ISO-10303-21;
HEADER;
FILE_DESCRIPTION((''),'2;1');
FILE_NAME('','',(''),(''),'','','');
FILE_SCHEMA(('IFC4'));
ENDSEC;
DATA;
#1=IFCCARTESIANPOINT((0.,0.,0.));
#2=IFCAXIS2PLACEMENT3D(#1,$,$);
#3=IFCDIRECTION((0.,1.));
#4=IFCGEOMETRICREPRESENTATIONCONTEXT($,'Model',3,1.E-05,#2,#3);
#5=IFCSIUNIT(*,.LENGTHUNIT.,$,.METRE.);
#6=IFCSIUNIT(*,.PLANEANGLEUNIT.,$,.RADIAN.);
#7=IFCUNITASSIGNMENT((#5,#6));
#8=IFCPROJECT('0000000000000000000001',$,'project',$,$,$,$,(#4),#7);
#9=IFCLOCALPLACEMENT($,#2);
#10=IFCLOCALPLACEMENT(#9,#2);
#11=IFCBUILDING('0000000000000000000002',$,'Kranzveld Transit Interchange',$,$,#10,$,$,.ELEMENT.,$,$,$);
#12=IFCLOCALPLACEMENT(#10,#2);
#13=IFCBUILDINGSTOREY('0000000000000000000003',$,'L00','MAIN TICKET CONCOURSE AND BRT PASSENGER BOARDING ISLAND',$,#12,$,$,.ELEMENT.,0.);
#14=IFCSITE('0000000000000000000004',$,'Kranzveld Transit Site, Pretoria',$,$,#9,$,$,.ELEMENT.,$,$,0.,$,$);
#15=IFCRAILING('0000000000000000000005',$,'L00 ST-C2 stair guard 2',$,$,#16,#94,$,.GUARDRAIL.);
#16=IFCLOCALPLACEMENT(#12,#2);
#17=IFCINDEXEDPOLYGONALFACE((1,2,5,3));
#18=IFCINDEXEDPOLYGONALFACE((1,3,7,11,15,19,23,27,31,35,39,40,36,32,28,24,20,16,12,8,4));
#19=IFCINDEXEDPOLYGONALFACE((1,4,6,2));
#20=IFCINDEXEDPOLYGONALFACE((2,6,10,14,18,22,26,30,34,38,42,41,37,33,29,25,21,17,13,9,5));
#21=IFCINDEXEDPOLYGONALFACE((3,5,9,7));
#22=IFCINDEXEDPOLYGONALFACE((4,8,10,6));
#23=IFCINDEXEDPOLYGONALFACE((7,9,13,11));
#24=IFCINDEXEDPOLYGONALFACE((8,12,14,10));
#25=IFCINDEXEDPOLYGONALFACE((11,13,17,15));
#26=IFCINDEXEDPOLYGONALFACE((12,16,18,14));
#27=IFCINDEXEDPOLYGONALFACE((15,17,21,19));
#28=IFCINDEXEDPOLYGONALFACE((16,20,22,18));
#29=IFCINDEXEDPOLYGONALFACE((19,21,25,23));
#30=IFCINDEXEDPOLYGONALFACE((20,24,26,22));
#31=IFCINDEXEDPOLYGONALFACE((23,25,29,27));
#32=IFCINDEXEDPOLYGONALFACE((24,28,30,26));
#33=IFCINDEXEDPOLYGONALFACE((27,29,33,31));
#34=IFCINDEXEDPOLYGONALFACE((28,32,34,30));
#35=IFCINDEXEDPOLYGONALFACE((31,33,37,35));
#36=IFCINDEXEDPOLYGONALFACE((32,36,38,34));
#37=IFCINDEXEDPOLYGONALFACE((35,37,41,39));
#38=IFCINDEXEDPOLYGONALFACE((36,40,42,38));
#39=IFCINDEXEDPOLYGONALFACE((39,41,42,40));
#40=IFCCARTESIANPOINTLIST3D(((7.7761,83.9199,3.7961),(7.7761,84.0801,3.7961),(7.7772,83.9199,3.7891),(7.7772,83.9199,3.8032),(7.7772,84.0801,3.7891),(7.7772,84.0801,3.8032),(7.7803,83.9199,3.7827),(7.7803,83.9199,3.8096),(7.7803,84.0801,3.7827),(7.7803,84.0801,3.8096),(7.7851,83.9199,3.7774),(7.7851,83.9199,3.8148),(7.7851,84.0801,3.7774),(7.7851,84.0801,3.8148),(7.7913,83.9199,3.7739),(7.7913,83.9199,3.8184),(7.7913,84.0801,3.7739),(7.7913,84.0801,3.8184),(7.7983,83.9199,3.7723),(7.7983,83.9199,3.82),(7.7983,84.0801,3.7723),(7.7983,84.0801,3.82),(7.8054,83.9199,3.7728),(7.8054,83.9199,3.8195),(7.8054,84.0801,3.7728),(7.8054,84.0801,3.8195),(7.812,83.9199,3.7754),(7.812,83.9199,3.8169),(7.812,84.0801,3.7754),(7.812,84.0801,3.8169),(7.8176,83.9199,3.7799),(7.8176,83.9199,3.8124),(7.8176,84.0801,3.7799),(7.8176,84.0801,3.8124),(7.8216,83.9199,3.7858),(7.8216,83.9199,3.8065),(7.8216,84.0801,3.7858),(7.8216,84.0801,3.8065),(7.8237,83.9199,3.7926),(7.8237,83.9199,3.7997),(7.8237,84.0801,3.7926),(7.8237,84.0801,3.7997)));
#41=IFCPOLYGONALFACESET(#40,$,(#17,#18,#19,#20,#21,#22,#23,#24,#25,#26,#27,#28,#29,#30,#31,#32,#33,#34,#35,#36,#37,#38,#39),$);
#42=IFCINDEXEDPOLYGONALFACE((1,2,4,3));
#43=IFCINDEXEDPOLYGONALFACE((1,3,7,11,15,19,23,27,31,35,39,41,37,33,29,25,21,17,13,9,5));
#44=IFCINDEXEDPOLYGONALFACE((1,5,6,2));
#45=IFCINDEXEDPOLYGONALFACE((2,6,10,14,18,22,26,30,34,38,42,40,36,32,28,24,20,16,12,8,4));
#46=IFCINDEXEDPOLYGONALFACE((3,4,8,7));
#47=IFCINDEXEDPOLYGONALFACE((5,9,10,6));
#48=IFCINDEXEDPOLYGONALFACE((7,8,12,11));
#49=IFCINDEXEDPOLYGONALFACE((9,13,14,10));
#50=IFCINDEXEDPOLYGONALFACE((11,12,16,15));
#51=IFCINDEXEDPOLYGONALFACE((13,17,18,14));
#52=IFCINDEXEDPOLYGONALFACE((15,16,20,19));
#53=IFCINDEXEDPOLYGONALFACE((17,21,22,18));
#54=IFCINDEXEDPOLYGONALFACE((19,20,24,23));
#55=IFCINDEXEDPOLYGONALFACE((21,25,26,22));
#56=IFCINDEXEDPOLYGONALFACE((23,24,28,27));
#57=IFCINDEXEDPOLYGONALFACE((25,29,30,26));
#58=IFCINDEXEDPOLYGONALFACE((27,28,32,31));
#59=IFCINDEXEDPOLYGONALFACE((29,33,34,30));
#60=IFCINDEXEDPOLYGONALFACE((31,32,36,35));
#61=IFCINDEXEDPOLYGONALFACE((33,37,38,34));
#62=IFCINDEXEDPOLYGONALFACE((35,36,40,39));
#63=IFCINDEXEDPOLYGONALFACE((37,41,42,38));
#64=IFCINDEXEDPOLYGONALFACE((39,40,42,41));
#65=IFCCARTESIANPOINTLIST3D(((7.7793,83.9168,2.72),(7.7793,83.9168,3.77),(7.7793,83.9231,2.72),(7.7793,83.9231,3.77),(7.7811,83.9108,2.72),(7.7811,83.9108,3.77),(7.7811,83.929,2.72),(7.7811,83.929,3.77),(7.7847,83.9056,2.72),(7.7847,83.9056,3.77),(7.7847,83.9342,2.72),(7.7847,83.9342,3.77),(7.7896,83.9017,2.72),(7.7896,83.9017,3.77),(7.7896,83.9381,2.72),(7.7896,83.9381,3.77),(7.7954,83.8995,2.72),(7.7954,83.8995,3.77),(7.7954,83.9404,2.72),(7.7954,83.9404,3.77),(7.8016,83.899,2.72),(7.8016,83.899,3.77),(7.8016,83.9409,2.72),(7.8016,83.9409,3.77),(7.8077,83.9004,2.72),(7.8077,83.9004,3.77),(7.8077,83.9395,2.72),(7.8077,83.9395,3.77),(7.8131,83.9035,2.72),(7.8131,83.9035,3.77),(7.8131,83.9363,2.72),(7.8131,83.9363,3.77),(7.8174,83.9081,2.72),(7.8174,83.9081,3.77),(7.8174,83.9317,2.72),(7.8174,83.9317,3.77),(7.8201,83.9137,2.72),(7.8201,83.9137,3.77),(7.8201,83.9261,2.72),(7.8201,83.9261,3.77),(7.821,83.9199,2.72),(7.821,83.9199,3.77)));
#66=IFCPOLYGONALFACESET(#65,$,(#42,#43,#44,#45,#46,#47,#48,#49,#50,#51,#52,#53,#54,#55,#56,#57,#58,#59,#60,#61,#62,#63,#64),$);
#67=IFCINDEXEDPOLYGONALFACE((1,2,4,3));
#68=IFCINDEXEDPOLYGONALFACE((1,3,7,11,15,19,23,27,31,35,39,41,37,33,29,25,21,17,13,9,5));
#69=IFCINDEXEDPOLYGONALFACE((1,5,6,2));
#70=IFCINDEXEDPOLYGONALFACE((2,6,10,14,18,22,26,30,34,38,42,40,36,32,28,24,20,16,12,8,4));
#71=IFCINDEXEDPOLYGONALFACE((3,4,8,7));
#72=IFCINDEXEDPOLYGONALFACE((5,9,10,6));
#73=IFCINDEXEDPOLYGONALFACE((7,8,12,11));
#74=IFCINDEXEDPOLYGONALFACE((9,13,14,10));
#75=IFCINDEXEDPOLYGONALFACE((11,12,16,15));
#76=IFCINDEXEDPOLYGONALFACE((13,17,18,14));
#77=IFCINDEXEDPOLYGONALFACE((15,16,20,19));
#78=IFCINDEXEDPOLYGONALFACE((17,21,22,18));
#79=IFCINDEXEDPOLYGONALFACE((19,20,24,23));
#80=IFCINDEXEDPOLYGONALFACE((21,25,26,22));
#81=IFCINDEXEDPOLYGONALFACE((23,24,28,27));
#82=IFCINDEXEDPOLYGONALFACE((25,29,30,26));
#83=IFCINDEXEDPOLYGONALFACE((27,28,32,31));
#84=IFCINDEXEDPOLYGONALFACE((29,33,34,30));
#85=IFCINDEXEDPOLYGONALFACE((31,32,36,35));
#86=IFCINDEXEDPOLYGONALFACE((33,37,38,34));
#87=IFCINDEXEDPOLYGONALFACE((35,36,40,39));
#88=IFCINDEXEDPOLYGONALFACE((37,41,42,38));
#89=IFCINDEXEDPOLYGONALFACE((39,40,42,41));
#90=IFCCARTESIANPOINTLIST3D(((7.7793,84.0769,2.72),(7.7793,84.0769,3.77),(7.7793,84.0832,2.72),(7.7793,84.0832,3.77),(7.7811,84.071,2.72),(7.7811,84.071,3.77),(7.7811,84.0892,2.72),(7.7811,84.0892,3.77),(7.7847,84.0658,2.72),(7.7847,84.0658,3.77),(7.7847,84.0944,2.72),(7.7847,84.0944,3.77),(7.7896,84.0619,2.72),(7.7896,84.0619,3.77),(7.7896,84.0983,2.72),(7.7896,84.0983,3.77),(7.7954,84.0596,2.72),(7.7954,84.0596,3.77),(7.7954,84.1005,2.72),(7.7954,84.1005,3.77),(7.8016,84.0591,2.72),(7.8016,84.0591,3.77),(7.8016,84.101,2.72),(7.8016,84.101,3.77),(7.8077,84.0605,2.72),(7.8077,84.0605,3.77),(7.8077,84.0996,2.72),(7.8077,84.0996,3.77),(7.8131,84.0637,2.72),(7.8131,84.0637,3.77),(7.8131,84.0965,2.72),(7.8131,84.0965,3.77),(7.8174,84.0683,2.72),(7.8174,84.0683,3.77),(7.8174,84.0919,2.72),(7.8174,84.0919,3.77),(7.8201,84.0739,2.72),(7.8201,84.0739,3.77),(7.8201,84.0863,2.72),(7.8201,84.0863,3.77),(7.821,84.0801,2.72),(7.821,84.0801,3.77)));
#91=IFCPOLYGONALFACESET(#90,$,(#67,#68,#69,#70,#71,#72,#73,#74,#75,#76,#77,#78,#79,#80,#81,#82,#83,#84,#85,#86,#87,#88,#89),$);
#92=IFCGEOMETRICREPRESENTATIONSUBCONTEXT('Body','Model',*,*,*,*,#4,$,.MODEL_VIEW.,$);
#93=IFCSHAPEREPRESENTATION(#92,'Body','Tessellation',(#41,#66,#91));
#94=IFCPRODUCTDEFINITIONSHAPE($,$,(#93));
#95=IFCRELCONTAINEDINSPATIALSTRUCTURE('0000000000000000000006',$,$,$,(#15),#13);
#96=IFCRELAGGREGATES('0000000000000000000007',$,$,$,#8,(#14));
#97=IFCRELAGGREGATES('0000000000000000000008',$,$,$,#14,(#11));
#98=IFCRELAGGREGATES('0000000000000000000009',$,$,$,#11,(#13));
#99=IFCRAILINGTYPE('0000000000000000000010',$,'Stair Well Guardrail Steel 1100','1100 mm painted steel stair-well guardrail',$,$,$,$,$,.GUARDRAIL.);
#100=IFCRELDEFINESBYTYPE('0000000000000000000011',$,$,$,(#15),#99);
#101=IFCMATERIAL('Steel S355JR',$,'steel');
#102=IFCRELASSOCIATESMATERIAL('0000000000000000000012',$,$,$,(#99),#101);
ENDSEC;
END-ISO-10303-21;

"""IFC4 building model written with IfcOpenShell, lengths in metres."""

from ifc_helpers import new_model, si_unit, direction, frame, origin, origin_2d, place, context, subcontext, project, spatial, circle, extrude, material, type_object, element, save


model = new_model("IFC4")

# Units and contexts
model_context = context("Model", 3, precision=1e-05, world=origin(), true_north=direction((0.0, 1.0)))
body_context = subcontext(model_context, "Body", "Model", "MODEL_VIEW")
ifc_project = project(units=[si_unit("LENGTHUNIT", "METRE"), si_unit("PLANEANGLEUNIT", "RADIAN")], contexts=[model_context])

# Site, building, storey
site_placement = place(None, origin())
site = spatial("IfcSite", under=ifc_project, at=site_placement, Name="Kranzveld Transit Site, Pretoria", CompositionType="ELEMENT", RefElevation=0.0)
building_placement = place(site_placement, origin())
building = spatial("IfcBuilding", under=site, at=building_placement, Name="Kranzveld Transit Interchange", CompositionType="ELEMENT")
storey_placement = place(building_placement, origin())
storey = spatial("IfcBuildingStorey", under=building, at=storey_placement, Name="L00", Description="MAIN TICKET CONCOURSE AND BRT PASSENGER BOARDING ISLAND", CompositionType="ELEMENT", Elevation=0.0)

# Railing
ifc_material_1 = material(Name="Steel S355JR", Category="steel")
railing_type = type_object("IfcRailingType", Name="Stair Well Guardrail Steel 1100", Description="1100 mm painted steel stair-well guardrail", PredefinedType="GUARDRAIL", material=ifc_material_1)
railing_placement = place(storey_placement, frame((7.8, 83.9199, 2.72)))
element("IfcRailing", 1, at=railing_placement, inside=storey, type_object=railing_type, Name="L00 ST-C2 stair guard 2", PredefinedType="GUARDRAIL", context=body_context, shape_type="SweptSolid", body=[
    extrude(circle(Radius=0.0239, at=origin_2d()), frame((0.0, 0.0, 1.0762), z_axis=(0.0, 1.0, 0.0), x_axis=(-1.0, 0.0, 0.0)), (0.0, 0.0, 1.0), 0.1602),
    extrude(circle(Radius=0.021, at=origin_2d()), origin(), (0.0, 0.0, 1.0), 1.05),
    extrude(circle(Radius=0.021, at=origin_2d()), frame((0.0, 0.1602, 0.0)), (0.0, 0.0, 1.0), 1.05),
])

save(model, "model.ifc")
